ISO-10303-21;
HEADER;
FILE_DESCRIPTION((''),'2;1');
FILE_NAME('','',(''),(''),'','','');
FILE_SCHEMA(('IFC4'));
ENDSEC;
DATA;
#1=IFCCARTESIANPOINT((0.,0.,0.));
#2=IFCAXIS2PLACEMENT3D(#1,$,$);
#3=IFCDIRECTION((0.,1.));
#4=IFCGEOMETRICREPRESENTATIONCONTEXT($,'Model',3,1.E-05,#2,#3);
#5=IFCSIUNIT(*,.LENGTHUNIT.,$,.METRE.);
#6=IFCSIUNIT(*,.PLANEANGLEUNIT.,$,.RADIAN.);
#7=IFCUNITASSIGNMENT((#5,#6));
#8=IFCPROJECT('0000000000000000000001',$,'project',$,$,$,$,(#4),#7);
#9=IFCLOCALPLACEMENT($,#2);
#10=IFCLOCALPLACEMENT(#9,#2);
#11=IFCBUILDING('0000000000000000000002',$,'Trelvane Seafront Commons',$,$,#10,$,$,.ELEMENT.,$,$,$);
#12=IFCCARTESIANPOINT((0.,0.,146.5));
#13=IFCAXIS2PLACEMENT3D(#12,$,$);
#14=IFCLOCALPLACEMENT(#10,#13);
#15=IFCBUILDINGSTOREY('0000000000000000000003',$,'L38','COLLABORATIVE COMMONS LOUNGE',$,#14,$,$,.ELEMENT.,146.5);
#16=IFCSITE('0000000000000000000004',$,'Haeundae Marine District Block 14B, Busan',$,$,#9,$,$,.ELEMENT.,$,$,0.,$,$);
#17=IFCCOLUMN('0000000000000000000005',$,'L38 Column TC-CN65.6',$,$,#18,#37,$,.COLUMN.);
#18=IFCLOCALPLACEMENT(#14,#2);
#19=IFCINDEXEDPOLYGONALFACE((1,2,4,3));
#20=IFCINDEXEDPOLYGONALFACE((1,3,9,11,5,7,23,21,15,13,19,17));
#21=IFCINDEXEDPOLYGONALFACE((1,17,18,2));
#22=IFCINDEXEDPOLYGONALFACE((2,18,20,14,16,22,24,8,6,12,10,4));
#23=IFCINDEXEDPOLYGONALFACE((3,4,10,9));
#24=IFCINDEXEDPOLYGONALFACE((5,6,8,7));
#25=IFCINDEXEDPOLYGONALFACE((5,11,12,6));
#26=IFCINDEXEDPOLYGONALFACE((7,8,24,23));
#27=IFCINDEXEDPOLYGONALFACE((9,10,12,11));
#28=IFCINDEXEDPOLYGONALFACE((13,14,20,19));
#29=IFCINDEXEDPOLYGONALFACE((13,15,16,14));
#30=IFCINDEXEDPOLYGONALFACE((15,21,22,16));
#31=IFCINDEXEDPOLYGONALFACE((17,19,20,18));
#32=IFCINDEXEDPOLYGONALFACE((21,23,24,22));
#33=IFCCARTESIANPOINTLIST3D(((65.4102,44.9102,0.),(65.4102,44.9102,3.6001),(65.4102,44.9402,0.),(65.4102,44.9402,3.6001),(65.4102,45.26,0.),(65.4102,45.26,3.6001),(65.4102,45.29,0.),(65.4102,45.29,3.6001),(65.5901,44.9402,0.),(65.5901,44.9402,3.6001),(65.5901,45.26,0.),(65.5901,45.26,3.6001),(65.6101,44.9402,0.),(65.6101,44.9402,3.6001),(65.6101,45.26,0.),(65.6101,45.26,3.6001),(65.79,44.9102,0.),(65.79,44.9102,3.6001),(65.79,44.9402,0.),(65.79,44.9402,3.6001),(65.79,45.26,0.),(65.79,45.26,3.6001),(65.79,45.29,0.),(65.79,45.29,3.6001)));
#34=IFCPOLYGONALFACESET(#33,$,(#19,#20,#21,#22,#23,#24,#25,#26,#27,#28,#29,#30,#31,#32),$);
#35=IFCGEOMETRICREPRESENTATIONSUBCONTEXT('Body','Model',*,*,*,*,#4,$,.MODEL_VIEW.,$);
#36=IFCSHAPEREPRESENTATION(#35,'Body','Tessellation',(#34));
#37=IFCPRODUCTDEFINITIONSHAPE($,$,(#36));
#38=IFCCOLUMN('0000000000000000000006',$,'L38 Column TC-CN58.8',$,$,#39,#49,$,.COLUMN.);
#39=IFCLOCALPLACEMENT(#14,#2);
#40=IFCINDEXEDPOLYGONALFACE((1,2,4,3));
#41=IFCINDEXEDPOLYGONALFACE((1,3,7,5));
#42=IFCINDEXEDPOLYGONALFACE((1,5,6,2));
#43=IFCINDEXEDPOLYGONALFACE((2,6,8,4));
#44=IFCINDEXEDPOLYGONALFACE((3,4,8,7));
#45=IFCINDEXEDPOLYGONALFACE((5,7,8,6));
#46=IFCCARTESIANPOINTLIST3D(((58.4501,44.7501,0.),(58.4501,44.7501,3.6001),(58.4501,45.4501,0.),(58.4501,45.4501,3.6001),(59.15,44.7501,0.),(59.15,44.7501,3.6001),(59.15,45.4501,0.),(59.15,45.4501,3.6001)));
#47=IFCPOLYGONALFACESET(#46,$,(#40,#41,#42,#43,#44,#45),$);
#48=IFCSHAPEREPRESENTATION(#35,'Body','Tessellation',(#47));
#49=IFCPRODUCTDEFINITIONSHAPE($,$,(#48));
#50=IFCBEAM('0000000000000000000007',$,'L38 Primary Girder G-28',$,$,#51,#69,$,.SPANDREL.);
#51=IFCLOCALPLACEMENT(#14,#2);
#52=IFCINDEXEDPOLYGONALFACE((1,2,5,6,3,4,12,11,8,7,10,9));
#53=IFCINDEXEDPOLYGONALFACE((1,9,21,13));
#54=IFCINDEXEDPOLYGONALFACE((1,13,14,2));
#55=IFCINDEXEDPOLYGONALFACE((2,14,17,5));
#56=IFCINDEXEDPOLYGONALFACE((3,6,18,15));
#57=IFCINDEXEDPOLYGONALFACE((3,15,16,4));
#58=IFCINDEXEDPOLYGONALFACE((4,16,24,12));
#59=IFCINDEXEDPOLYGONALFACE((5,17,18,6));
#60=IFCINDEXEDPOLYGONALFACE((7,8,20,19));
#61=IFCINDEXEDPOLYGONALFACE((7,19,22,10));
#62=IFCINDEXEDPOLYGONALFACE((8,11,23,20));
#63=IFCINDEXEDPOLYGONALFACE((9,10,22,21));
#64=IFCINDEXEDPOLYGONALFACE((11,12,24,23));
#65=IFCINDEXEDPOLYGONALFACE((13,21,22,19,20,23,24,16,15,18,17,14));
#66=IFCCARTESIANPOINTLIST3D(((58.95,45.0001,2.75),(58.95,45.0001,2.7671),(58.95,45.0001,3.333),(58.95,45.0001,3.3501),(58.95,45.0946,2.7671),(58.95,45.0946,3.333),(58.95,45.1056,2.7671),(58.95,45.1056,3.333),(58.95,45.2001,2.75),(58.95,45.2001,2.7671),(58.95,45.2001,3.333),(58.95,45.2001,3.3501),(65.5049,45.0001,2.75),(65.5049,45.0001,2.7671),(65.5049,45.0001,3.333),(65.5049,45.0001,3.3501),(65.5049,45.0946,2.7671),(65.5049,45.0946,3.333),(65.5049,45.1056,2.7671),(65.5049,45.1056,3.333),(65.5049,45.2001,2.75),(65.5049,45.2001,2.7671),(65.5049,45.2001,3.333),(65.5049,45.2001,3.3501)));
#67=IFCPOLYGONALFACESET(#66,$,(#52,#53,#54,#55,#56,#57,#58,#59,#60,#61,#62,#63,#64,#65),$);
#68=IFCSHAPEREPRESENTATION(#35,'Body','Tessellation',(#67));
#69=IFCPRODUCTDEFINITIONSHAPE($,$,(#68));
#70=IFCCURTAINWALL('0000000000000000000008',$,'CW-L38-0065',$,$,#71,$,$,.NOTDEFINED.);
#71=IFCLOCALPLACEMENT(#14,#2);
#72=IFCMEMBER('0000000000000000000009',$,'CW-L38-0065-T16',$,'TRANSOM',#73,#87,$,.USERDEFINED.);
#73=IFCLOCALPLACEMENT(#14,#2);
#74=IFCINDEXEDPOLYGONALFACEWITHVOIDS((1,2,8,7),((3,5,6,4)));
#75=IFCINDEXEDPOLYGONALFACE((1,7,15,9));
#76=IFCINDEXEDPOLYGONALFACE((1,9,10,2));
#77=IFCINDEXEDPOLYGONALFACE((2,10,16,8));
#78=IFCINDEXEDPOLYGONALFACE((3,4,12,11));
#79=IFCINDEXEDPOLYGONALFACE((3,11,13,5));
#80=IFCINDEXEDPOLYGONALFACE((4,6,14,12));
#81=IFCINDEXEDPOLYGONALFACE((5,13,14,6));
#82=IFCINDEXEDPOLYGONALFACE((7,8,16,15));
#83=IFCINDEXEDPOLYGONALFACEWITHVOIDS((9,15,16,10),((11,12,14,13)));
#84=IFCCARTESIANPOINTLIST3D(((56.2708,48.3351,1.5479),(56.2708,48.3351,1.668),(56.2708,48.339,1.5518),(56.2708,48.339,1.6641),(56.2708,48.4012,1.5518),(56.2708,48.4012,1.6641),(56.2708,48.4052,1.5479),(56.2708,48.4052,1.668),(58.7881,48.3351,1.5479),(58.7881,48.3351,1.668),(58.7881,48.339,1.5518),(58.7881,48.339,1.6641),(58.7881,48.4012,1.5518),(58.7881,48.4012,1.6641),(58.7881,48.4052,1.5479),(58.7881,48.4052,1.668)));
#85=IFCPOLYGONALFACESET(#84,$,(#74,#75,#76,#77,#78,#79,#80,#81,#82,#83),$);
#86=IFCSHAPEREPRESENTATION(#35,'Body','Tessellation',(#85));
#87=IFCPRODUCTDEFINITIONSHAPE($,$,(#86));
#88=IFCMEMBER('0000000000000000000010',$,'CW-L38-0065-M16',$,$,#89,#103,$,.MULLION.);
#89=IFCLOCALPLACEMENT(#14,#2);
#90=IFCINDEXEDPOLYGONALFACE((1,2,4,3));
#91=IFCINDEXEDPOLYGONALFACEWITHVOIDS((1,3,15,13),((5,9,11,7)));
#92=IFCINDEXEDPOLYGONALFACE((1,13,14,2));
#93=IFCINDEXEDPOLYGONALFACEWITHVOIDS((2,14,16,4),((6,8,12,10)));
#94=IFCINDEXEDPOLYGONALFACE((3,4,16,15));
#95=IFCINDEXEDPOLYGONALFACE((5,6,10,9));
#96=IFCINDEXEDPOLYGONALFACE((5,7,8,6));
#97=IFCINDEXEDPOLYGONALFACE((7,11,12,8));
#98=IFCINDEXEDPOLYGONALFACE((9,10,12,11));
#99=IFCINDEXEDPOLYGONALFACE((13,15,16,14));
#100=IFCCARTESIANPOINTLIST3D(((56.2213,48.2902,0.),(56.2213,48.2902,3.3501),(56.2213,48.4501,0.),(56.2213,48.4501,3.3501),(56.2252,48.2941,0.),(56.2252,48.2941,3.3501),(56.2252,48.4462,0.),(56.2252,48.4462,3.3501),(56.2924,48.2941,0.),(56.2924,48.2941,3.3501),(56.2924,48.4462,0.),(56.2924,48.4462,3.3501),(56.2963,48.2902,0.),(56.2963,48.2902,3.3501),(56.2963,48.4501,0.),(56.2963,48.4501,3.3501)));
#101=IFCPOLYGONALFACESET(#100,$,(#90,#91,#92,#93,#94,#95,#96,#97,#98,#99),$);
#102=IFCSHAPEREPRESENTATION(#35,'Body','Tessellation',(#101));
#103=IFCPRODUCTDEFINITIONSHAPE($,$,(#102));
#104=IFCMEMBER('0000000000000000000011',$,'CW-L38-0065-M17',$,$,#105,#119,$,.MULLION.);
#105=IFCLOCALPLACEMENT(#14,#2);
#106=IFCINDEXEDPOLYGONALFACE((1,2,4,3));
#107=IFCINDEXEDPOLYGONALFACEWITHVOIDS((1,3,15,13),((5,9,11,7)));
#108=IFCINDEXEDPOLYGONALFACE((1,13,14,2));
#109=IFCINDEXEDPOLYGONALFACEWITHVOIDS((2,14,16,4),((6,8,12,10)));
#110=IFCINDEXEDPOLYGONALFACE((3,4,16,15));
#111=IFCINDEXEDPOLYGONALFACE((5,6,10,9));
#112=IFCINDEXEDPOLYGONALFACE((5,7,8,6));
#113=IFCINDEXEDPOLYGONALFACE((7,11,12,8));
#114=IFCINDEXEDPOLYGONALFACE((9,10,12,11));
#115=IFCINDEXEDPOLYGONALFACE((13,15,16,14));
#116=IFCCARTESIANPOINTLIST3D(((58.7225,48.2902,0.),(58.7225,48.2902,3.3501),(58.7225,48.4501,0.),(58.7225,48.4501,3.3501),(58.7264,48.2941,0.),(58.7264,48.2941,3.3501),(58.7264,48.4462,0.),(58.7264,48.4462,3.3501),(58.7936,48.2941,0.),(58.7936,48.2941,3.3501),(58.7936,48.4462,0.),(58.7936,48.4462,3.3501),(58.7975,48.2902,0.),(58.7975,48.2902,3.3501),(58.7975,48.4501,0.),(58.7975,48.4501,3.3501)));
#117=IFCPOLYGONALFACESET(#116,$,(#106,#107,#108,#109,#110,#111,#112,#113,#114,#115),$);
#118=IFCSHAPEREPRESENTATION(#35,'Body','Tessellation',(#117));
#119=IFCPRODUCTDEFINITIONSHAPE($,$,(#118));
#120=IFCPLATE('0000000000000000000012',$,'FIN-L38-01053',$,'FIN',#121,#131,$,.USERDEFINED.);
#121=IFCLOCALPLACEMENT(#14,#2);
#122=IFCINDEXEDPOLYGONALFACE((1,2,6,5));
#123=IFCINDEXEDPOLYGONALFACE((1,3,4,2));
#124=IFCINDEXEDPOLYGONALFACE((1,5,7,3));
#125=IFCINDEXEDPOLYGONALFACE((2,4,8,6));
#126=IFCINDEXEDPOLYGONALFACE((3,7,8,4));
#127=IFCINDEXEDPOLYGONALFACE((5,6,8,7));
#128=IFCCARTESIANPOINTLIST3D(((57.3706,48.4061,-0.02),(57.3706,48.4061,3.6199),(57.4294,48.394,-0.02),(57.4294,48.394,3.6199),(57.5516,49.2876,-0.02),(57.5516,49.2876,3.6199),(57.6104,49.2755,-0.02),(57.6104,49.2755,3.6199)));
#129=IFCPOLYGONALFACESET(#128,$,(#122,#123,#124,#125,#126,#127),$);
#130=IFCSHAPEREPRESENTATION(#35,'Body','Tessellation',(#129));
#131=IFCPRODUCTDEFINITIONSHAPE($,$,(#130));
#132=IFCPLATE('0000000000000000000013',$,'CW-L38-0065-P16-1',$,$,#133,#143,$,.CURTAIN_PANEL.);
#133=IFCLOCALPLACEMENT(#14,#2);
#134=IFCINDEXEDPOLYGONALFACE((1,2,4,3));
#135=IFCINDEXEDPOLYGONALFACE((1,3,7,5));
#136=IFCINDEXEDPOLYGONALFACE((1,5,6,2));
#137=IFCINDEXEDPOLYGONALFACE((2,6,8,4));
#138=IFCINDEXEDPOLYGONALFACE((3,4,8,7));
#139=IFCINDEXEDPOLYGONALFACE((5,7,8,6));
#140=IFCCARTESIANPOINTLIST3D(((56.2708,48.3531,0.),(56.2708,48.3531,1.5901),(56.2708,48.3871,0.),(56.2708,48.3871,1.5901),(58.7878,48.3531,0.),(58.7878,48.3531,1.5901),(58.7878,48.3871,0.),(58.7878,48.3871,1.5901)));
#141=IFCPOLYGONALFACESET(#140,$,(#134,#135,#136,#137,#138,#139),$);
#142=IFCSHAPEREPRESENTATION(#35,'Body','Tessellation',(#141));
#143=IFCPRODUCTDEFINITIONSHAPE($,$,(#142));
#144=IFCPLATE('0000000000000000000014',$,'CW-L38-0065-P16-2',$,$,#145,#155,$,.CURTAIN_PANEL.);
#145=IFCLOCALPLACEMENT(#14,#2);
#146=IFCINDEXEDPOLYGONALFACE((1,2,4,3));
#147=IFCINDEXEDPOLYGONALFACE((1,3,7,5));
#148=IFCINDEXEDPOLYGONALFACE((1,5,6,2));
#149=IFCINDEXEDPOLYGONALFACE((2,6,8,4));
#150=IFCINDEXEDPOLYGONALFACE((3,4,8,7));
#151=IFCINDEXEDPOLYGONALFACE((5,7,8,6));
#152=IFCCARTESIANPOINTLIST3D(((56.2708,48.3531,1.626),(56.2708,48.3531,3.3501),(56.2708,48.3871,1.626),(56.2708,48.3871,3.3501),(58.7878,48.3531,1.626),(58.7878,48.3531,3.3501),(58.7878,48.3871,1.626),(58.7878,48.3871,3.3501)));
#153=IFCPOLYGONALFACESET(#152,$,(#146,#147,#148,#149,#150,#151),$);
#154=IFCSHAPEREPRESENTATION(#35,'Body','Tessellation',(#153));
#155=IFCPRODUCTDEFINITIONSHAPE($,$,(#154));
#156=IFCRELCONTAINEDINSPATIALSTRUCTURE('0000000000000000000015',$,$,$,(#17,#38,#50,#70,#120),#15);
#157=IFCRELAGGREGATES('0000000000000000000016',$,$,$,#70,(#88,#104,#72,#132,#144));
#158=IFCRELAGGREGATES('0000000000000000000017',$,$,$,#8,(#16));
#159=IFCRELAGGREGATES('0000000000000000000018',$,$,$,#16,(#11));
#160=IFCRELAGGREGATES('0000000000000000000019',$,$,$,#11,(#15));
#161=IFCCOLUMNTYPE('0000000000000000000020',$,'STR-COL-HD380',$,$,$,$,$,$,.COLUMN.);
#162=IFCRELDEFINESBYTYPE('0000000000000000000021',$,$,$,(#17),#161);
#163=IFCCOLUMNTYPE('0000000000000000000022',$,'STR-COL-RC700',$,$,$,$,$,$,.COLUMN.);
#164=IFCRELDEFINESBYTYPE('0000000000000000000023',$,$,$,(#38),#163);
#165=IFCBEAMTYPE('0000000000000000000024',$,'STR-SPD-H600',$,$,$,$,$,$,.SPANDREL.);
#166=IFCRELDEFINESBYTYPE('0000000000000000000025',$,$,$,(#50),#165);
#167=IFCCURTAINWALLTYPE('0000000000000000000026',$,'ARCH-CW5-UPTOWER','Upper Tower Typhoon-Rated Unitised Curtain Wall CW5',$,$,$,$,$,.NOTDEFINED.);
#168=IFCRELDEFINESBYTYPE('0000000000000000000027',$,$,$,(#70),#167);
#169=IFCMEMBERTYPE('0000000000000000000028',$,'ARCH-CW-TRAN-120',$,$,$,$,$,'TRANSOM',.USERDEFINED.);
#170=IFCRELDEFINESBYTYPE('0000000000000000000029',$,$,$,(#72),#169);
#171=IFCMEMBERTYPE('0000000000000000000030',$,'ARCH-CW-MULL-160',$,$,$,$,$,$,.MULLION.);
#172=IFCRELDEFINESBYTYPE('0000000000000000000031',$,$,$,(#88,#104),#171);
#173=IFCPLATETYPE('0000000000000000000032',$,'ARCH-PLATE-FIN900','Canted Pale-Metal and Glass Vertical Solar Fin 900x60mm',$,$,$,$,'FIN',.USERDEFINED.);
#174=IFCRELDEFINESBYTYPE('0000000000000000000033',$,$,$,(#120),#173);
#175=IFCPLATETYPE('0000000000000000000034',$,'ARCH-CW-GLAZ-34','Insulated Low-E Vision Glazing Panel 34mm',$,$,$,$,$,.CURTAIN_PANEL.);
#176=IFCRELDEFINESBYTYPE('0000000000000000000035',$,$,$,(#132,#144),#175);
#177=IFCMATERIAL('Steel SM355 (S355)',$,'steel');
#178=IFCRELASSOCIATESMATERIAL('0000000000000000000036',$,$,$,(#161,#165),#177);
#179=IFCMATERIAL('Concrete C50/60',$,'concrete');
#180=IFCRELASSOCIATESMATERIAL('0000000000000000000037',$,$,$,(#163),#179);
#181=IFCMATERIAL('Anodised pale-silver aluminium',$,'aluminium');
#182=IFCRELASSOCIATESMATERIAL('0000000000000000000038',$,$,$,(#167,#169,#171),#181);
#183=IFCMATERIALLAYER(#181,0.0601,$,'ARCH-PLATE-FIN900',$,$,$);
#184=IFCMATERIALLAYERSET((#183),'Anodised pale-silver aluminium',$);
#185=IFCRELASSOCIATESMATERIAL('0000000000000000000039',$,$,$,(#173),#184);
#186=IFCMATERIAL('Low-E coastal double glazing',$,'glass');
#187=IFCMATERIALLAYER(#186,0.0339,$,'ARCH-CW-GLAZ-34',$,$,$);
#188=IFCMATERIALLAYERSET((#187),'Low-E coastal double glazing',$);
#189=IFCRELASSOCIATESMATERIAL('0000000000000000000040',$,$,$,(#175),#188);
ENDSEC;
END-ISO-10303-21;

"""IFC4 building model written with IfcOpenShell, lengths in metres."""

from ifc_helpers import new_model, si_unit, direction, frame, origin, origin_2d, place, context, subcontext, project, spatial, rectangle, hollow_rectangle, i_section, extrude, source, transform, mapped, material, layer, layer_set, material_profile, profile_set, type_object, element, aggregate, save


model = new_model("IFC4")

# Units and contexts
model_context = context("Model", 3, precision=1e-05, world=origin(), true_north=direction((0.0, 1.0)))
body_context = subcontext(model_context, "Body", "Model", "MODEL_VIEW")
ifc_project = project(units=[si_unit("LENGTHUNIT", "METRE"), si_unit("PLANEANGLEUNIT", "RADIAN")], contexts=[model_context])

# Site, building, storey
site_placement = place(None, origin())
site = spatial("IfcSite", under=ifc_project, at=site_placement, Name="Haeundae Marine District Block 14B, Busan", CompositionType="ELEMENT", RefElevation=0.0)
building_placement = place(site_placement, origin())
building = spatial("IfcBuilding", under=site, at=building_placement, Name="Trelvane Seafront Commons", CompositionType="ELEMENT")
storey_placement = place(building_placement, frame((0.0, 0.0, 146.5)))
storey = spatial("IfcBuildingStorey", under=building, at=storey_placement, Name="L38", Description="COLLABORATIVE COMMONS LOUNGE", CompositionType="ELEMENT", Elevation=146.5)

# Columns
ifc_material_1 = material(Name="Steel SM355 (S355)", Category="steel")
ifc_material_profile_1 = material_profile(ifc_material_1, i_section(OverallWidth=0.3799, OverallDepth=0.3799, WebThickness=0.02, FlangeThickness=0.03, at=origin_2d()), Name="HD-380x380x20x30")
ifc_profile_set_1 = profile_set([ifc_material_profile_1], Name="Steel SM355 (S355)")
column_type_1 = type_object("IfcColumnType", Name="STR-COL-HD380", PredefinedType="COLUMN", material=ifc_profile_set_1)
shared_shape_1 = source(origin(), body_context, "Body", "SweptSolid", [
    extrude(i_section(OverallWidth=0.3799, OverallDepth=0.3799, WebThickness=0.02, FlangeThickness=0.03, at=origin_2d()), origin(), (0.0, 0.0, 1.0), 3.6001),
])
column_1_placement = place(storey_placement, frame((65.6001, 45.1001, 0.0), z_axis=(0.0, 0.0, 1.0), x_axis=(1.0, 0.0, 0.0)))
element("IfcColumn", 1, at=column_1_placement, inside=storey, type_object=column_type_1, Name="L38 Column TC-CN65.6", PredefinedType="COLUMN", context=body_context, shape_type="MappedRepresentation", body=[
    mapped(shared_shape_1, transform((0.0, 0.0, 0.0), x_axis=(1.0, 0.0, 0.0), y_axis=(0.0, 1.0, 0.0), z_axis=(0.0, 0.0, 1.0), scale=1.0)),
])
ifc_material_2 = material(Name="Concrete C50/60", Category="concrete")
ifc_material_profile_2 = material_profile(ifc_material_2, rectangle(XDim=0.7, YDim=0.7, at=origin_2d()), Name="RC-700x700")
ifc_profile_set_2 = profile_set([ifc_material_profile_2], Name="Concrete C50/60")
column_type_2 = type_object("IfcColumnType", Name="STR-COL-RC700", PredefinedType="COLUMN", material=ifc_profile_set_2)
shared_shape_2 = source(origin(), body_context, "Body", "SweptSolid", [
    extrude(rectangle(XDim=0.7, YDim=0.7, at=origin_2d()), origin(), (0.0, 0.0, 1.0), 3.6001),
])
column_2_placement = place(storey_placement, frame((58.8, 45.1001, 0.0), z_axis=(0.0, 0.0, 1.0), x_axis=(1.0, 0.0, 0.0)))
element("IfcColumn", 2, at=column_2_placement, inside=storey, type_object=column_type_2, Name="L38 Column TC-CN58.8", PredefinedType="COLUMN", context=body_context, shape_type="MappedRepresentation", body=[
    mapped(shared_shape_2, transform((0.0, 0.0, 0.0), x_axis=(1.0, 0.0, 0.0), y_axis=(0.0, 1.0, 0.0), z_axis=(0.0, 0.0, 1.0), scale=1.0)),
])

# Beam
ifc_material_profile_3 = material_profile(ifc_material_1, i_section(OverallWidth=0.2, OverallDepth=0.6001, WebThickness=0.011, FlangeThickness=0.0171, at=origin_2d()), Name="H-600x200x11x17")
ifc_profile_set_3 = profile_set([ifc_material_profile_3], Name="Steel SM355 (S355)")
beam_type = type_object("IfcBeamType", Name="STR-SPD-H600", PredefinedType="SPANDREL", material=ifc_profile_set_3)
shared_shape_3 = source(origin(), body_context, "Body", "SweptSolid", [
    extrude(i_section(OverallWidth=0.2, OverallDepth=0.6001, WebThickness=0.011, FlangeThickness=0.0171, at=origin_2d()), origin(), (0.0, 0.0, 1.0), 6.5549),
])
beam_placement = place(storey_placement, frame((58.95, 45.1001, 3.05), z_axis=(1.0, 0.0, 0.0), x_axis=(0.0, 1.0, 0.0)))
element("IfcBeam", 3, at=beam_placement, inside=storey, type_object=beam_type, Name="L38 Primary Girder G-28", PredefinedType="SPANDREL", context=body_context, shape_type="MappedRepresentation", body=[
    mapped(shared_shape_3, transform((0.0, 0.0, 0.0), x_axis=(1.0, 0.0, 0.0), y_axis=(0.0, 1.0, 0.0), z_axis=(0.0, 0.0, 1.0), scale=1.0)),
])

# Curtain wall, members
ifc_material_3 = material(Name="Anodised pale-silver aluminium", Category="aluminium")
curtain_wall_type = type_object("IfcCurtainWallType", Name="ARCH-CW5-UPTOWER", Description="Upper Tower Typhoon-Rated Unitised Curtain Wall CW5", PredefinedType="NOTDEFINED", material=ifc_material_3)
curtain_wall_placement = place(storey_placement, origin())
curtain_wall = element("IfcCurtainWall", 4, at=curtain_wall_placement, inside=storey, type_object=curtain_wall_type, Name="CW-L38-0065", PredefinedType="NOTDEFINED")
ifc_material_profile_4 = material_profile(ifc_material_3, hollow_rectangle(XDim=0.0701, YDim=0.1201, WallThickness=0.0039, at=origin_2d()), Name="TRAN-70x120x4")
ifc_profile_set_4 = profile_set([ifc_material_profile_4], Name="Anodised pale-silver aluminium")
member_type_1 = type_object("IfcMemberType", Name="ARCH-CW-TRAN-120", ElementType="TRANSOM", PredefinedType="USERDEFINED", material=ifc_profile_set_4)
shared_shape_4 = source(origin(), body_context, "Body", "SweptSolid", [
    extrude(hollow_rectangle(XDim=0.0701, YDim=0.1201, WallThickness=0.0039, at=origin_2d()), origin(), (0.0, 0.0, 1.0), 2.5173),
])
member_1_placement = place(storey_placement, frame((56.2708, 48.3701, 1.6079), z_axis=(1.0, 0.0, 0.0), x_axis=(0.0, 1.0, 0.0)))
member_1 = element("IfcMember", 5, at=member_1_placement, type_object=member_type_1, Name="CW-L38-0065-T16", ObjectType="TRANSOM", PredefinedType="USERDEFINED", context=body_context, shape_type="MappedRepresentation", body=[
    mapped(shared_shape_4, transform((0.0, 0.0, 0.0), x_axis=(1.0, 0.0, 0.0), y_axis=(0.0, 1.0, 0.0), z_axis=(0.0, 0.0, 1.0), scale=1.0)),
])
ifc_material_profile_5 = material_profile(ifc_material_3, hollow_rectangle(XDim=0.075, YDim=0.1599, WallThickness=0.0039, at=origin_2d()), Name="MULL-75x160x4")
ifc_profile_set_5 = profile_set([ifc_material_profile_5], Name="Anodised pale-silver aluminium")
member_type_2 = type_object("IfcMemberType", Name="ARCH-CW-MULL-160", PredefinedType="MULLION", material=ifc_profile_set_5)
shared_shape_5 = source(origin(), body_context, "Body", "SweptSolid", [
    extrude(hollow_rectangle(XDim=0.075, YDim=0.1599, WallThickness=0.0039, at=origin_2d()), origin(), (0.0, 0.0, 1.0), 3.3501),
])
member_2_placement = place(storey_placement, frame((56.2588, 48.3701, 0.0), z_axis=(0.0, 0.0, 1.0), x_axis=(1.0, 0.0, 0.0)))
member_2 = element("IfcMember", 6, at=member_2_placement, type_object=member_type_2, Name="CW-L38-0065-M16", PredefinedType="MULLION", context=body_context, shape_type="MappedRepresentation", body=[
    mapped(shared_shape_5, transform((0.0, 0.0, 0.0), x_axis=(1.0, 0.0, 0.0), y_axis=(0.0, 1.0, 0.0), z_axis=(0.0, 0.0, 1.0), scale=1.0)),
])
member_3_placement = place(storey_placement, frame((58.76, 48.3701, 0.0), z_axis=(0.0, 0.0, 1.0), x_axis=(1.0, 0.0, 0.0)))
member_3 = element("IfcMember", 7, at=member_3_placement, type_object=member_type_2, Name="CW-L38-0065-M17", PredefinedType="MULLION", context=body_context, shape_type="MappedRepresentation", body=[
    mapped(shared_shape_5, transform((0.0, 0.0, 0.0), x_axis=(1.0, 0.0, 0.0), y_axis=(0.0, 1.0, 0.0), z_axis=(0.0, 0.0, 1.0), scale=1.0)),
])

# Plates
ifc_layer_1 = layer(ifc_material_3, 0.0601, Name="ARCH-PLATE-FIN900")
ifc_layer_set_1 = layer_set([ifc_layer_1], Name="Anodised pale-silver aluminium")
plate_type_1 = type_object("IfcPlateType", Name="ARCH-PLATE-FIN900", Description="Canted Pale-Metal and Glass Vertical Solar Fin 900x60mm", ElementType="FIN", PredefinedType="USERDEFINED", material=ifc_layer_set_1)
shared_shape_6 = source(origin(), body_context, "Body", "SweptSolid", [
    extrude(rectangle(XDim=0.8999, YDim=0.0601, at=origin_2d()), origin(), (0.0, 0.0, 1.0), 3.6399),
])
plate_1_placement = place(storey_placement, frame((57.4905, 48.8408, -0.02), z_axis=(0.0, 0.0, 1.0), x_axis=(0.201114, 0.979568, 0.0)))
element("IfcPlate", 8, at=plate_1_placement, inside=storey, type_object=plate_type_1, Name="FIN-L38-01053", ObjectType="FIN", PredefinedType="USERDEFINED", context=body_context, shape_type="MappedRepresentation", body=[
    mapped(shared_shape_6, transform((0.0, 0.0, 0.0), x_axis=(1.0, 0.0, 0.0), y_axis=(0.0, 1.0, 0.0), z_axis=(0.0, 0.0, 1.0), scale=1.0)),
])
ifc_material_4 = material(Name="Low-E coastal double glazing", Category="glass")
ifc_layer_2 = layer(ifc_material_4, 0.0339, Name="ARCH-CW-GLAZ-34")
ifc_layer_set_2 = layer_set([ifc_layer_2], Name="Low-E coastal double glazing")
plate_type_2 = type_object("IfcPlateType", Name="ARCH-CW-GLAZ-34", Description="Insulated Low-E Vision Glazing Panel 34mm", PredefinedType="CURTAIN_PANEL", material=ifc_layer_set_2)
shared_shape_7 = source(origin(), body_context, "Body", "SweptSolid", [
    extrude(rectangle(XDim=2.5171, YDim=0.0339, at=origin_2d()), origin(), (0.0, 0.0, 1.0), 1.5901),
])
plate_2_placement = place(storey_placement, frame((57.5293, 48.3701, 0.0), z_axis=(0.0, 0.0, 1.0), x_axis=(1.0, 0.0, 0.0)))
plate_2 = element("IfcPlate", 9, at=plate_2_placement, type_object=plate_type_2, Name="CW-L38-0065-P16-1", PredefinedType="CURTAIN_PANEL", context=body_context, shape_type="MappedRepresentation", body=[
    mapped(shared_shape_7, transform((0.0, 0.0, 0.0), x_axis=(1.0, 0.0, 0.0), y_axis=(0.0, 1.0, 0.0), z_axis=(0.0, 0.0, 1.0), scale=1.0)),
])
shared_shape_8 = source(origin(), body_context, "Body", "SweptSolid", [
    extrude(rectangle(XDim=2.5171, YDim=0.0339, at=origin_2d()), origin(), (0.0, 0.0, 1.0), 1.7241),
])
plate_3_placement = place(storey_placement, frame((57.5293, 48.3701, 1.626), z_axis=(0.0, 0.0, 1.0), x_axis=(1.0, 0.0, 0.0)))
plate_3 = element("IfcPlate", 10, at=plate_3_placement, type_object=plate_type_2, Name="CW-L38-0065-P16-2", PredefinedType="CURTAIN_PANEL", context=body_context, shape_type="MappedRepresentation", body=[
    mapped(shared_shape_8, transform((0.0, 0.0, 0.0), x_axis=(1.0, 0.0, 0.0), y_axis=(0.0, 1.0, 0.0), z_axis=(0.0, 0.0, 1.0), scale=1.0)),
])
aggregate(curtain_wall, [member_2, member_3, member_1, plate_2, plate_3])

save(model, "model.ifc")
